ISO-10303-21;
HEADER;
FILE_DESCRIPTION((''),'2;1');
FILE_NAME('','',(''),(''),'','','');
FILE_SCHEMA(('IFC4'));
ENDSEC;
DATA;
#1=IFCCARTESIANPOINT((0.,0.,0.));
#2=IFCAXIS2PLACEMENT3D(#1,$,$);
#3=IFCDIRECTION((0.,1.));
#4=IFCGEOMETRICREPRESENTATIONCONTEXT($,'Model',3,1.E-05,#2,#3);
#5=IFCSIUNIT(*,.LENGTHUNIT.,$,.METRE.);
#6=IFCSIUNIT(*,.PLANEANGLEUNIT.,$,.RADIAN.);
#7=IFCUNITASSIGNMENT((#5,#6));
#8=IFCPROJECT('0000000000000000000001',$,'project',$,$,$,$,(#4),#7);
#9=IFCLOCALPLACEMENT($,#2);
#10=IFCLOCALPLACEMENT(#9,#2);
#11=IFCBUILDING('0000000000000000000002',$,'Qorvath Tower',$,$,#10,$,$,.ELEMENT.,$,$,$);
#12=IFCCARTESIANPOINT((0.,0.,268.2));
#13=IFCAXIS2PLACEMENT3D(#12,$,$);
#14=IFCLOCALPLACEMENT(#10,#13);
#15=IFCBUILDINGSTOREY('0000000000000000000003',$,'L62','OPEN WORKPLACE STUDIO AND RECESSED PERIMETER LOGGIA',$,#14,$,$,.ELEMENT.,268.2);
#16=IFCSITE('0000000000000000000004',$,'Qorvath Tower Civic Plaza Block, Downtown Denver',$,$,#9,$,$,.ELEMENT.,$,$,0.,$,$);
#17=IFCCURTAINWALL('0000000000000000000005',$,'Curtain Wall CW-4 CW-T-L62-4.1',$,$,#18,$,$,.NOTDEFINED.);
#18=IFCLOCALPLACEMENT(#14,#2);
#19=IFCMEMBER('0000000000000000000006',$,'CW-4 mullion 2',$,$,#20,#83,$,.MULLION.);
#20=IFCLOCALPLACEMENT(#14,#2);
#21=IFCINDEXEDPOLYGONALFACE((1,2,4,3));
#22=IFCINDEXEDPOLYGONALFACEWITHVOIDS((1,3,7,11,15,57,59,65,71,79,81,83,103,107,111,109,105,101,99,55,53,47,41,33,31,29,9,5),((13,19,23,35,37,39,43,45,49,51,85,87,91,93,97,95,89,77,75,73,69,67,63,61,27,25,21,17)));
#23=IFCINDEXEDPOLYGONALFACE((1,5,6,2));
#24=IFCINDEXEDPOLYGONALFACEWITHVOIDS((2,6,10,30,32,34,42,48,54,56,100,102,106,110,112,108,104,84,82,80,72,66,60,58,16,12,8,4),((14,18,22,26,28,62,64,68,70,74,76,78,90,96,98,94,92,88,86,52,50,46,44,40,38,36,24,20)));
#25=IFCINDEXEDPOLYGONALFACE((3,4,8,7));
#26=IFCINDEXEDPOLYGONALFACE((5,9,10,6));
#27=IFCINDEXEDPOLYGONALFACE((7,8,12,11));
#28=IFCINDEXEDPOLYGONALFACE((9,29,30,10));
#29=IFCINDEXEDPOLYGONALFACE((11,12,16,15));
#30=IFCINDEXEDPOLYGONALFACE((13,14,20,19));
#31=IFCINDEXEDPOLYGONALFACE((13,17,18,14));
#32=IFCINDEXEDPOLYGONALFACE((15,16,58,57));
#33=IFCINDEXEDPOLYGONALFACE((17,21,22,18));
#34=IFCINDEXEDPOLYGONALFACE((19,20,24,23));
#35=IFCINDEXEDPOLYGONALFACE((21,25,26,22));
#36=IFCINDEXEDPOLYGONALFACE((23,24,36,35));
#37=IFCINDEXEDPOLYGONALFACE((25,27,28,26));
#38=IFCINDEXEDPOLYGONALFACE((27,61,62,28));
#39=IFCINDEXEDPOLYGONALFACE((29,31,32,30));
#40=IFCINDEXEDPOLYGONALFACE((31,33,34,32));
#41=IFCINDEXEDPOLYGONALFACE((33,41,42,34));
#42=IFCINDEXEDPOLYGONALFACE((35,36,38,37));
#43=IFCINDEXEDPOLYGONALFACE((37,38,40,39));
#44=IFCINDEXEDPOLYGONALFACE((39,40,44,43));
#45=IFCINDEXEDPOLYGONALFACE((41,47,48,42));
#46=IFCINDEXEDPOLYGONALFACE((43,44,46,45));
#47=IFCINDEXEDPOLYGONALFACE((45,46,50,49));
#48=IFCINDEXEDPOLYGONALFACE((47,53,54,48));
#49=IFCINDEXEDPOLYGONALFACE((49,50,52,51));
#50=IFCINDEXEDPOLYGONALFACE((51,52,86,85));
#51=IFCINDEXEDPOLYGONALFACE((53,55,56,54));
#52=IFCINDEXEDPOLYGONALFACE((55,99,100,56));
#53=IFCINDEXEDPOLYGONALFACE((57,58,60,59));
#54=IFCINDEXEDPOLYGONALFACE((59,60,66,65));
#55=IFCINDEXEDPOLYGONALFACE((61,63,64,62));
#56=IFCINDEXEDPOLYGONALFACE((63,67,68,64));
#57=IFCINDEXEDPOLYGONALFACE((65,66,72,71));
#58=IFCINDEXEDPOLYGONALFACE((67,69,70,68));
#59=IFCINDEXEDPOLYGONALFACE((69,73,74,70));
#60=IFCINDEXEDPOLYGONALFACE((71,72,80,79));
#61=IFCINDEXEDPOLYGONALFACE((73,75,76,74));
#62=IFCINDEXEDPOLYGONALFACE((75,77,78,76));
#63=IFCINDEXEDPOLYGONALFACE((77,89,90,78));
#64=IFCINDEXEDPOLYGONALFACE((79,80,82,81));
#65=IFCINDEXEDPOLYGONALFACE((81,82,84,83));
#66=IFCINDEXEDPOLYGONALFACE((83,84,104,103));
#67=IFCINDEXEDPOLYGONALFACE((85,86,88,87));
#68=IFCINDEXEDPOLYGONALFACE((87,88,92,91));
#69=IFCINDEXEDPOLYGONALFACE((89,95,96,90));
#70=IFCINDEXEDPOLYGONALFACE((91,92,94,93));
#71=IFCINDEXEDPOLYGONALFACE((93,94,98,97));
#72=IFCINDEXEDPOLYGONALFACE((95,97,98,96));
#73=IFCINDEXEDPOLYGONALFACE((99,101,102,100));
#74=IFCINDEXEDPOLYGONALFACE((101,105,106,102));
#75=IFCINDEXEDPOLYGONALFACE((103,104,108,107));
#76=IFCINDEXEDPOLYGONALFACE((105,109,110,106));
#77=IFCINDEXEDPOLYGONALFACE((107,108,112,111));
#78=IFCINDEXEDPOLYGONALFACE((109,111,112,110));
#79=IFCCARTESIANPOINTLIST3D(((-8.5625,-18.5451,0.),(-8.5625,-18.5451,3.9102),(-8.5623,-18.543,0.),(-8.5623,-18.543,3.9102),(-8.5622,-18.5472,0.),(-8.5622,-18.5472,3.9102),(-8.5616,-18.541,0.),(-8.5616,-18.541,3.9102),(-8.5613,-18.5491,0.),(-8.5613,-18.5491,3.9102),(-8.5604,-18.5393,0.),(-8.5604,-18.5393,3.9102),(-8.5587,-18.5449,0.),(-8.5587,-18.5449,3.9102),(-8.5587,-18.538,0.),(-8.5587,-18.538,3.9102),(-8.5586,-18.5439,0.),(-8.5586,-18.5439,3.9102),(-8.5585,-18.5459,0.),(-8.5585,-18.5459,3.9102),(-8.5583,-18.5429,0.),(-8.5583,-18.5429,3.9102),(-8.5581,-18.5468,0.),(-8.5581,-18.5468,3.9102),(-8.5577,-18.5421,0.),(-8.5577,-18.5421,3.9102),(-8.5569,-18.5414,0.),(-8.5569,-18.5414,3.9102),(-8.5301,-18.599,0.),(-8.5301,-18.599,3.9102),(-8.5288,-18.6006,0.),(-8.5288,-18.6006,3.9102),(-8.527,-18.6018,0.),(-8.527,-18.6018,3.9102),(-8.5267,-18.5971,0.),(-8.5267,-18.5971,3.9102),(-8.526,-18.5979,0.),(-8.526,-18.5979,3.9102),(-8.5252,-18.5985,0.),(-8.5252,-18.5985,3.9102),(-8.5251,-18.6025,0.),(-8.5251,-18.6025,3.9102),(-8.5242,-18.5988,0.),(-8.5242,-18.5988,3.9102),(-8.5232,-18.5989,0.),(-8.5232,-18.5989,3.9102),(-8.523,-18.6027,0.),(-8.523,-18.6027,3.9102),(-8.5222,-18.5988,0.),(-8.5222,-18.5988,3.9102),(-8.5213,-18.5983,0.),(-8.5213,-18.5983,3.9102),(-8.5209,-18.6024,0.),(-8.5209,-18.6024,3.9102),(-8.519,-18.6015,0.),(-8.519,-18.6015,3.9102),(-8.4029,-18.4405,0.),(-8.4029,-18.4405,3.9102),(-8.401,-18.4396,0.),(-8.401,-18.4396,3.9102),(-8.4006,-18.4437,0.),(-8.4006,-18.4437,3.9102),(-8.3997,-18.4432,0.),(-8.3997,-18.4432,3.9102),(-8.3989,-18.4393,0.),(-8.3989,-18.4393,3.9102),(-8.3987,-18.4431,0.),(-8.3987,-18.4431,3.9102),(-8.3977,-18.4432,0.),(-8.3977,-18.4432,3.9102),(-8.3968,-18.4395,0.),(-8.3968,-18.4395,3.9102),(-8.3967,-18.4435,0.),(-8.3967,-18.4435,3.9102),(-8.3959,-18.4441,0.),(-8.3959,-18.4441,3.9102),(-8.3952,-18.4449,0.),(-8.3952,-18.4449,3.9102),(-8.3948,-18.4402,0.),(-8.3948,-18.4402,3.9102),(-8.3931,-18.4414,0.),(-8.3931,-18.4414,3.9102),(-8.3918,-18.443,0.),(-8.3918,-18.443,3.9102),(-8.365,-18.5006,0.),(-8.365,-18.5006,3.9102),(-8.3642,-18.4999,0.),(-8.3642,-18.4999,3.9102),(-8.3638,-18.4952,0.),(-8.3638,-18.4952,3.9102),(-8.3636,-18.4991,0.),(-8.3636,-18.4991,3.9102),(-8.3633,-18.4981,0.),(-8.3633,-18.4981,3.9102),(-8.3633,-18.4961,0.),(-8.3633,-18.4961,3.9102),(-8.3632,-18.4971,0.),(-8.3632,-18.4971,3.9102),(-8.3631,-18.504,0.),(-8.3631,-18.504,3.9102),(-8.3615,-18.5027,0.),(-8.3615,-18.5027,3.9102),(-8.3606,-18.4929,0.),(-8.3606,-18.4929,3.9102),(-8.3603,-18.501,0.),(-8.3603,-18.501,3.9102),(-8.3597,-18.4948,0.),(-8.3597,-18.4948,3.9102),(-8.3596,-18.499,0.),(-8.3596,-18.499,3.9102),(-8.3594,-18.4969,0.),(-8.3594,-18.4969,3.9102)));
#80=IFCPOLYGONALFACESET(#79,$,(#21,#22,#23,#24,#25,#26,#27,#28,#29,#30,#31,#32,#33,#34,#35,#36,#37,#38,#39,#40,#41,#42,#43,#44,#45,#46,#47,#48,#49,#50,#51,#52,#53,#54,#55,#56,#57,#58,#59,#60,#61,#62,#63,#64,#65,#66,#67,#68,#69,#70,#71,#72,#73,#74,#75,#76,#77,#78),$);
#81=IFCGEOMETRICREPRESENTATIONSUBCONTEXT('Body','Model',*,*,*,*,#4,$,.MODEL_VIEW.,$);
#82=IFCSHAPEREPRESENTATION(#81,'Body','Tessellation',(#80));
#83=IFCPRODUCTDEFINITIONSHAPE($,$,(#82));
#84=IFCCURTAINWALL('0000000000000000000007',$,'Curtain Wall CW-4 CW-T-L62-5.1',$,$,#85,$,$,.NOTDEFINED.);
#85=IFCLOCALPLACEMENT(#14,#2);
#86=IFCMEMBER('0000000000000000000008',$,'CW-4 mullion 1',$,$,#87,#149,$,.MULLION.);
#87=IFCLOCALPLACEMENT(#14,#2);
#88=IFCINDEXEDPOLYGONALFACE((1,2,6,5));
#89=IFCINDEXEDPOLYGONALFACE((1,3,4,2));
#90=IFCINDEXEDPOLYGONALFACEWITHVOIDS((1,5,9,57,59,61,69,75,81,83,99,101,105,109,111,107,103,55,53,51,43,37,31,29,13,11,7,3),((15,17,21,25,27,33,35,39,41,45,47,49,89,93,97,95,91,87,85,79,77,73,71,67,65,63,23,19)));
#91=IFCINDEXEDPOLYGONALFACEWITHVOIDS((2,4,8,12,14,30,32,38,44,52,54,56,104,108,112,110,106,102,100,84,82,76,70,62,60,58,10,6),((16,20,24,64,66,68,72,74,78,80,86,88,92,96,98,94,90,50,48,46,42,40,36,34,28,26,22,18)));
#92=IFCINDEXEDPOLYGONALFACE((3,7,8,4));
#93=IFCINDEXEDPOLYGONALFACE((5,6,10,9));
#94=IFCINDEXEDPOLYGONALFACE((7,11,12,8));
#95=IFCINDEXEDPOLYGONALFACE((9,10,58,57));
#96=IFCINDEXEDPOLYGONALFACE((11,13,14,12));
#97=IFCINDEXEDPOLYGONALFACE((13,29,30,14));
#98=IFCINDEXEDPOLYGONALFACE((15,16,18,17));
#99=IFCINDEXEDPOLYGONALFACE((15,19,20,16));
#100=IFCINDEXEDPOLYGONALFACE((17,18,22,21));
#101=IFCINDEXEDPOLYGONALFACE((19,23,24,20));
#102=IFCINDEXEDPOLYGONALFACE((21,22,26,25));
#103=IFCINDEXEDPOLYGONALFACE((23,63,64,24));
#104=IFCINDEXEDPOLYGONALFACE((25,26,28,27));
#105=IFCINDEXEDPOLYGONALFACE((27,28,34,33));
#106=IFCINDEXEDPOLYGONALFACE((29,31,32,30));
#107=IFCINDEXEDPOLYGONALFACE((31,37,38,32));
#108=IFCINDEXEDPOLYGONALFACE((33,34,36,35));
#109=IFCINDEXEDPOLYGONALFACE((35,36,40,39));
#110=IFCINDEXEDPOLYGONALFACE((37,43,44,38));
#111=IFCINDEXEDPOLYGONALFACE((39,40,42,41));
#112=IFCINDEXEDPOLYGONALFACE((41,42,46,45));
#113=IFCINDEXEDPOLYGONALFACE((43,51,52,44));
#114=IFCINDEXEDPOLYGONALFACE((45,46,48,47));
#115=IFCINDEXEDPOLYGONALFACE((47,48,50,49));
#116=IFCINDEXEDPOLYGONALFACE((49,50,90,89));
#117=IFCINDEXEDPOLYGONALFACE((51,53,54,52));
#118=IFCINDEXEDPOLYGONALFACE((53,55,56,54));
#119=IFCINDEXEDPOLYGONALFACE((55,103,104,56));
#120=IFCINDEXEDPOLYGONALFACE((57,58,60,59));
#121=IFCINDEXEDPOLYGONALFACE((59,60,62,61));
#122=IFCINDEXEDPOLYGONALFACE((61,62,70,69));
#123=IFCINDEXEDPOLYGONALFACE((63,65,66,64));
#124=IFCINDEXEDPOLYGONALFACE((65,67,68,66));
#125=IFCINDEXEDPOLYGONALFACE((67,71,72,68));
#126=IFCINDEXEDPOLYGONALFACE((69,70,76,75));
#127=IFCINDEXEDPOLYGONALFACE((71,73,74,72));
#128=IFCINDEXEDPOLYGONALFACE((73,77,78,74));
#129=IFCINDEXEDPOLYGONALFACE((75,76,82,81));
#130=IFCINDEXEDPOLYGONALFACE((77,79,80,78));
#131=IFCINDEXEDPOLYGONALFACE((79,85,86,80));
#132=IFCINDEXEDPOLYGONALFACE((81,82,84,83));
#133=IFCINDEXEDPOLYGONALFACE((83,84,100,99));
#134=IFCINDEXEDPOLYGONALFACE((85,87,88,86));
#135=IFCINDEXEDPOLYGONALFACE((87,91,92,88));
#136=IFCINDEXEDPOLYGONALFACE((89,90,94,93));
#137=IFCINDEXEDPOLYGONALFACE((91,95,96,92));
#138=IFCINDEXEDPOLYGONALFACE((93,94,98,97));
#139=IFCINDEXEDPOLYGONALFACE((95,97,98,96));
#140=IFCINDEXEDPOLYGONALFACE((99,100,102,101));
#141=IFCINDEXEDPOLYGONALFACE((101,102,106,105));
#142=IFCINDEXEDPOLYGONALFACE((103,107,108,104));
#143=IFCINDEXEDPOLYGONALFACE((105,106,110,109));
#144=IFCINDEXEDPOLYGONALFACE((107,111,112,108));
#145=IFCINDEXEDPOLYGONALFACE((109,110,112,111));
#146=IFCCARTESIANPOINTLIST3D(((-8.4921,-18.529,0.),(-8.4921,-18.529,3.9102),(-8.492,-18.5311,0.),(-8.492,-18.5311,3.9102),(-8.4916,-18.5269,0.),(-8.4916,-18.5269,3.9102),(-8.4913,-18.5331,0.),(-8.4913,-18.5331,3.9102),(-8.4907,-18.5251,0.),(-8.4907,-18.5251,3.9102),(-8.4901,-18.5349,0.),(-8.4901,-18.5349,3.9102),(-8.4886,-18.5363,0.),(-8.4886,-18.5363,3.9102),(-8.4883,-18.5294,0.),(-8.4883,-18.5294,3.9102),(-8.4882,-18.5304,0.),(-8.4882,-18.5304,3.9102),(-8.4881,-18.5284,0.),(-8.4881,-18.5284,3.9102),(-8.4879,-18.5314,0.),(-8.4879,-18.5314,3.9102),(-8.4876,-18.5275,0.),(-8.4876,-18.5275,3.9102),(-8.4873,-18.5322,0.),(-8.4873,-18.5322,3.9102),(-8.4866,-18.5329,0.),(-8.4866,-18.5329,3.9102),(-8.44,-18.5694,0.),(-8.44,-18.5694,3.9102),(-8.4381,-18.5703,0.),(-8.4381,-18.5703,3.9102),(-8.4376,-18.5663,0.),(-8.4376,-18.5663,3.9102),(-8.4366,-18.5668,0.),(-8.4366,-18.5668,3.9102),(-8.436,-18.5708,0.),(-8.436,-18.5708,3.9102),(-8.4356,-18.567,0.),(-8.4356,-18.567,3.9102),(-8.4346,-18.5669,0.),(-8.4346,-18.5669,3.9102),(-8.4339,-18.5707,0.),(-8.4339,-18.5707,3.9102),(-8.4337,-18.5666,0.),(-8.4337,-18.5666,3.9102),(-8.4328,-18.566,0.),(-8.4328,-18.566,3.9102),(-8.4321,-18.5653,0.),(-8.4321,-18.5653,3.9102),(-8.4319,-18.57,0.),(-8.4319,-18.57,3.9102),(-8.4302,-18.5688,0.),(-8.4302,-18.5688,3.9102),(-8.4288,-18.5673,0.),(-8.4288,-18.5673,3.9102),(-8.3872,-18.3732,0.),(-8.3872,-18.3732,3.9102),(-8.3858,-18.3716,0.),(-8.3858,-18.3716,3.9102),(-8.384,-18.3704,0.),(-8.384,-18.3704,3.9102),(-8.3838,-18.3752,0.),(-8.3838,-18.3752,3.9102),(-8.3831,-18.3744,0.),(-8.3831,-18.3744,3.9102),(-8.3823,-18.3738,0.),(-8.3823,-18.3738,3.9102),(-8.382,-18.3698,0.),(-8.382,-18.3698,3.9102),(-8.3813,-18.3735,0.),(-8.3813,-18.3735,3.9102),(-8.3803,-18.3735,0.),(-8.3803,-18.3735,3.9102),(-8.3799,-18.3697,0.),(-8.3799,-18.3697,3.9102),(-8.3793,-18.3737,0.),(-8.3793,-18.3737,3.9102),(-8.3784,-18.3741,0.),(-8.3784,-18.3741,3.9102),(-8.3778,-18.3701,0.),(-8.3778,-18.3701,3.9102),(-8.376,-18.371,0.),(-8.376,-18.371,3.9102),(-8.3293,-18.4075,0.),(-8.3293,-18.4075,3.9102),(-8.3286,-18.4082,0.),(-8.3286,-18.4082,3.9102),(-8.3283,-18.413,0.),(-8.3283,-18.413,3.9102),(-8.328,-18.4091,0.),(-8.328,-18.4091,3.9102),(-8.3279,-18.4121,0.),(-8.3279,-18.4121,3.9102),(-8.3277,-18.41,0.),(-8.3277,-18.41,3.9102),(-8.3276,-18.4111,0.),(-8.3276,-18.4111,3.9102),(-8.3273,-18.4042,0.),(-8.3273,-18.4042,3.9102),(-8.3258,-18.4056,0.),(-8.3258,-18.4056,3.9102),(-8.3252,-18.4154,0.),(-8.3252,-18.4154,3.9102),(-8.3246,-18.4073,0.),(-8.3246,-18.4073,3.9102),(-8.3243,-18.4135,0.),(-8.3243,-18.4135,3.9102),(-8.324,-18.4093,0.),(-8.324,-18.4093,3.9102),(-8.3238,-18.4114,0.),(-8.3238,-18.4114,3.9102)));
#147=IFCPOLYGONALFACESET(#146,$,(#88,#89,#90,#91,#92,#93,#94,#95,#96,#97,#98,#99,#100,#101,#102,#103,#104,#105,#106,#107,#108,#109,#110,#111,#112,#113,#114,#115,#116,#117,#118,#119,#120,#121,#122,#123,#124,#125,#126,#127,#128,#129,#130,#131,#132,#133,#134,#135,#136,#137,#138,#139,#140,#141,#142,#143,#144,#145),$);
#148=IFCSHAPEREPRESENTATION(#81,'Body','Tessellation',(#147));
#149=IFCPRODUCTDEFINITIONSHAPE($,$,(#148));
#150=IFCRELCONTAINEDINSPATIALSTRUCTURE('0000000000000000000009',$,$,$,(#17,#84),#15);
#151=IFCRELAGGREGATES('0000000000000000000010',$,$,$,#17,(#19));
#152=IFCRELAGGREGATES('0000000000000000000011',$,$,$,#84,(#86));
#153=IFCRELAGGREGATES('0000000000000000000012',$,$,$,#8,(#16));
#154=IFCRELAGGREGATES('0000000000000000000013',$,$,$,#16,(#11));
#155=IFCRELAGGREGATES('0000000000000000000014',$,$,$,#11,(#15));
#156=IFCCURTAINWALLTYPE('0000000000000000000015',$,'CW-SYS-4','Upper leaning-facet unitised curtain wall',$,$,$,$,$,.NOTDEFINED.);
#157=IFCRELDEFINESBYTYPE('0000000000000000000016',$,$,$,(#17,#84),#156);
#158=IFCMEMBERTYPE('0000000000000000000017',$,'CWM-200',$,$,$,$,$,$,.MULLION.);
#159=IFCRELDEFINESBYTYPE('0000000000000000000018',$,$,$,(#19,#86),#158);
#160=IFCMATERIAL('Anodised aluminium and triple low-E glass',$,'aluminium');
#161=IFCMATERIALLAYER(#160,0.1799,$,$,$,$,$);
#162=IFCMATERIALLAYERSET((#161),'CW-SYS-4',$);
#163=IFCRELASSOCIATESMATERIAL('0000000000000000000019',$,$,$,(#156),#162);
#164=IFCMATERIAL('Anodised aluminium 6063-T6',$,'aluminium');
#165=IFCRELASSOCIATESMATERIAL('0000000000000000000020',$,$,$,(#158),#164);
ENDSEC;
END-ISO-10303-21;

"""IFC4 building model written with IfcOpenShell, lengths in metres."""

from ifc_helpers import new_model, si_unit, direction, frame, origin, origin_2d, place, context, subcontext, project, spatial, hollow_rectangle, extrude, material, layer, layer_set, material_profile, profile_set, type_object, element, aggregate, save


model = new_model("IFC4")

# Units and contexts
model_context = context("Model", 3, precision=1e-05, world=origin(), true_north=direction((0.0, 1.0)))
body_context = subcontext(model_context, "Body", "Model", "MODEL_VIEW")
ifc_project = project(units=[si_unit("LENGTHUNIT", "METRE"), si_unit("PLANEANGLEUNIT", "RADIAN")], contexts=[model_context])

# Site, building, storey
site_placement = place(None, origin())
site = spatial("IfcSite", under=ifc_project, at=site_placement, Name="Qorvath Tower Civic Plaza Block, Downtown Denver", CompositionType="ELEMENT", RefElevation=0.0)
building_placement = place(site_placement, origin())
building = spatial("IfcBuilding", under=site, at=building_placement, Name="Qorvath Tower", CompositionType="ELEMENT")
storey_placement = place(building_placement, frame((0.0, 0.0, 268.2)))
storey = spatial("IfcBuildingStorey", under=building, at=storey_placement, Name="L62", Description="OPEN WORKPLACE STUDIO AND RECESSED PERIMETER LOGGIA", CompositionType="ELEMENT", Elevation=268.2)

# Shared definitions
ifc_material_1 = material(Name="Anodised aluminium and triple low-E glass", Category="aluminium")
ifc_layer_1 = layer(ifc_material_1, 0.1799)
ifc_layer_set_1 = layer_set([ifc_layer_1], Name="CW-SYS-4")
curtain_wall_type = type_object("IfcCurtainWallType", Name="CW-SYS-4", Description="Upper leaning-facet unitised curtain wall", PredefinedType="NOTDEFINED", material=ifc_layer_set_1)
ifc_material_2 = material(Name="Anodised aluminium 6063-T6", Category="aluminium")
ifc_material_profile_1 = material_profile(ifc_material_2, hollow_rectangle(XDim=0.075, YDim=0.2, WallThickness=0.0039, InnerFilletRadius=0.0039, OuterFilletRadius=0.0081, at=origin_2d()), Name="CWM 200x75")
ifc_profile_set_1 = profile_set([ifc_material_profile_1], Name="Anodised aluminium 6063-T6")
member_type_1 = type_object("IfcMemberType", Name="CWM-200", PredefinedType="MULLION", material=ifc_profile_set_1)

# Curtain wall, member
curtain_wall_1_placement = place(storey_placement, origin())
curtain_wall_1 = element("IfcCurtainWall", 1, at=curtain_wall_1_placement, inside=storey, type_object=curtain_wall_type, Name="Curtain Wall CW-4 CW-T-L62-4.1", PredefinedType="NOTDEFINED")
member_1_placement = place(storey_placement, frame((-8.4609, -18.521, 0.0), z_axis=(0.0, 0.0, 1.0), x_axis=(-0.530363, 0.847771, 0.0)))
member_1 = element("IfcMember", 2, at=member_1_placement, type_object=member_type_1, Name="CW-4 mullion 2", PredefinedType="MULLION", context=body_context, shape_type="SweptSolid", body=[
    extrude(hollow_rectangle(XDim=0.075, YDim=0.2, WallThickness=0.0039, InnerFilletRadius=0.0039, OuterFilletRadius=0.0081, at=origin_2d()), origin(), (0.0, 0.0, 1.0), 3.9102),
])

# Curtain wall, member
curtain_wall_2_placement = place(storey_placement, origin())
curtain_wall_2 = element("IfcCurtainWall", 3, at=curtain_wall_2_placement, inside=storey, type_object=curtain_wall_type, Name="Curtain Wall CW-4 CW-T-L62-5.1", PredefinedType="NOTDEFINED")
member_2_placement = place(storey_placement, frame((-8.408, -18.4702, 0.0), z_axis=(0.0, 0.0, 1.0), x_axis=(-0.826319, 0.563203, 0.0)))
member_2 = element("IfcMember", 4, at=member_2_placement, type_object=member_type_1, Name="CW-4 mullion 1", PredefinedType="MULLION", context=body_context, shape_type="SweptSolid", body=[
    extrude(hollow_rectangle(XDim=0.075, YDim=0.2, WallThickness=0.0039, InnerFilletRadius=0.0039, OuterFilletRadius=0.0081, at=origin_2d()), origin(), (0.0, 0.0, 1.0), 3.9102),
])

aggregate(curtain_wall_1, [member_1])
aggregate(curtain_wall_2, [member_2])

save(model, "model.ifc")
